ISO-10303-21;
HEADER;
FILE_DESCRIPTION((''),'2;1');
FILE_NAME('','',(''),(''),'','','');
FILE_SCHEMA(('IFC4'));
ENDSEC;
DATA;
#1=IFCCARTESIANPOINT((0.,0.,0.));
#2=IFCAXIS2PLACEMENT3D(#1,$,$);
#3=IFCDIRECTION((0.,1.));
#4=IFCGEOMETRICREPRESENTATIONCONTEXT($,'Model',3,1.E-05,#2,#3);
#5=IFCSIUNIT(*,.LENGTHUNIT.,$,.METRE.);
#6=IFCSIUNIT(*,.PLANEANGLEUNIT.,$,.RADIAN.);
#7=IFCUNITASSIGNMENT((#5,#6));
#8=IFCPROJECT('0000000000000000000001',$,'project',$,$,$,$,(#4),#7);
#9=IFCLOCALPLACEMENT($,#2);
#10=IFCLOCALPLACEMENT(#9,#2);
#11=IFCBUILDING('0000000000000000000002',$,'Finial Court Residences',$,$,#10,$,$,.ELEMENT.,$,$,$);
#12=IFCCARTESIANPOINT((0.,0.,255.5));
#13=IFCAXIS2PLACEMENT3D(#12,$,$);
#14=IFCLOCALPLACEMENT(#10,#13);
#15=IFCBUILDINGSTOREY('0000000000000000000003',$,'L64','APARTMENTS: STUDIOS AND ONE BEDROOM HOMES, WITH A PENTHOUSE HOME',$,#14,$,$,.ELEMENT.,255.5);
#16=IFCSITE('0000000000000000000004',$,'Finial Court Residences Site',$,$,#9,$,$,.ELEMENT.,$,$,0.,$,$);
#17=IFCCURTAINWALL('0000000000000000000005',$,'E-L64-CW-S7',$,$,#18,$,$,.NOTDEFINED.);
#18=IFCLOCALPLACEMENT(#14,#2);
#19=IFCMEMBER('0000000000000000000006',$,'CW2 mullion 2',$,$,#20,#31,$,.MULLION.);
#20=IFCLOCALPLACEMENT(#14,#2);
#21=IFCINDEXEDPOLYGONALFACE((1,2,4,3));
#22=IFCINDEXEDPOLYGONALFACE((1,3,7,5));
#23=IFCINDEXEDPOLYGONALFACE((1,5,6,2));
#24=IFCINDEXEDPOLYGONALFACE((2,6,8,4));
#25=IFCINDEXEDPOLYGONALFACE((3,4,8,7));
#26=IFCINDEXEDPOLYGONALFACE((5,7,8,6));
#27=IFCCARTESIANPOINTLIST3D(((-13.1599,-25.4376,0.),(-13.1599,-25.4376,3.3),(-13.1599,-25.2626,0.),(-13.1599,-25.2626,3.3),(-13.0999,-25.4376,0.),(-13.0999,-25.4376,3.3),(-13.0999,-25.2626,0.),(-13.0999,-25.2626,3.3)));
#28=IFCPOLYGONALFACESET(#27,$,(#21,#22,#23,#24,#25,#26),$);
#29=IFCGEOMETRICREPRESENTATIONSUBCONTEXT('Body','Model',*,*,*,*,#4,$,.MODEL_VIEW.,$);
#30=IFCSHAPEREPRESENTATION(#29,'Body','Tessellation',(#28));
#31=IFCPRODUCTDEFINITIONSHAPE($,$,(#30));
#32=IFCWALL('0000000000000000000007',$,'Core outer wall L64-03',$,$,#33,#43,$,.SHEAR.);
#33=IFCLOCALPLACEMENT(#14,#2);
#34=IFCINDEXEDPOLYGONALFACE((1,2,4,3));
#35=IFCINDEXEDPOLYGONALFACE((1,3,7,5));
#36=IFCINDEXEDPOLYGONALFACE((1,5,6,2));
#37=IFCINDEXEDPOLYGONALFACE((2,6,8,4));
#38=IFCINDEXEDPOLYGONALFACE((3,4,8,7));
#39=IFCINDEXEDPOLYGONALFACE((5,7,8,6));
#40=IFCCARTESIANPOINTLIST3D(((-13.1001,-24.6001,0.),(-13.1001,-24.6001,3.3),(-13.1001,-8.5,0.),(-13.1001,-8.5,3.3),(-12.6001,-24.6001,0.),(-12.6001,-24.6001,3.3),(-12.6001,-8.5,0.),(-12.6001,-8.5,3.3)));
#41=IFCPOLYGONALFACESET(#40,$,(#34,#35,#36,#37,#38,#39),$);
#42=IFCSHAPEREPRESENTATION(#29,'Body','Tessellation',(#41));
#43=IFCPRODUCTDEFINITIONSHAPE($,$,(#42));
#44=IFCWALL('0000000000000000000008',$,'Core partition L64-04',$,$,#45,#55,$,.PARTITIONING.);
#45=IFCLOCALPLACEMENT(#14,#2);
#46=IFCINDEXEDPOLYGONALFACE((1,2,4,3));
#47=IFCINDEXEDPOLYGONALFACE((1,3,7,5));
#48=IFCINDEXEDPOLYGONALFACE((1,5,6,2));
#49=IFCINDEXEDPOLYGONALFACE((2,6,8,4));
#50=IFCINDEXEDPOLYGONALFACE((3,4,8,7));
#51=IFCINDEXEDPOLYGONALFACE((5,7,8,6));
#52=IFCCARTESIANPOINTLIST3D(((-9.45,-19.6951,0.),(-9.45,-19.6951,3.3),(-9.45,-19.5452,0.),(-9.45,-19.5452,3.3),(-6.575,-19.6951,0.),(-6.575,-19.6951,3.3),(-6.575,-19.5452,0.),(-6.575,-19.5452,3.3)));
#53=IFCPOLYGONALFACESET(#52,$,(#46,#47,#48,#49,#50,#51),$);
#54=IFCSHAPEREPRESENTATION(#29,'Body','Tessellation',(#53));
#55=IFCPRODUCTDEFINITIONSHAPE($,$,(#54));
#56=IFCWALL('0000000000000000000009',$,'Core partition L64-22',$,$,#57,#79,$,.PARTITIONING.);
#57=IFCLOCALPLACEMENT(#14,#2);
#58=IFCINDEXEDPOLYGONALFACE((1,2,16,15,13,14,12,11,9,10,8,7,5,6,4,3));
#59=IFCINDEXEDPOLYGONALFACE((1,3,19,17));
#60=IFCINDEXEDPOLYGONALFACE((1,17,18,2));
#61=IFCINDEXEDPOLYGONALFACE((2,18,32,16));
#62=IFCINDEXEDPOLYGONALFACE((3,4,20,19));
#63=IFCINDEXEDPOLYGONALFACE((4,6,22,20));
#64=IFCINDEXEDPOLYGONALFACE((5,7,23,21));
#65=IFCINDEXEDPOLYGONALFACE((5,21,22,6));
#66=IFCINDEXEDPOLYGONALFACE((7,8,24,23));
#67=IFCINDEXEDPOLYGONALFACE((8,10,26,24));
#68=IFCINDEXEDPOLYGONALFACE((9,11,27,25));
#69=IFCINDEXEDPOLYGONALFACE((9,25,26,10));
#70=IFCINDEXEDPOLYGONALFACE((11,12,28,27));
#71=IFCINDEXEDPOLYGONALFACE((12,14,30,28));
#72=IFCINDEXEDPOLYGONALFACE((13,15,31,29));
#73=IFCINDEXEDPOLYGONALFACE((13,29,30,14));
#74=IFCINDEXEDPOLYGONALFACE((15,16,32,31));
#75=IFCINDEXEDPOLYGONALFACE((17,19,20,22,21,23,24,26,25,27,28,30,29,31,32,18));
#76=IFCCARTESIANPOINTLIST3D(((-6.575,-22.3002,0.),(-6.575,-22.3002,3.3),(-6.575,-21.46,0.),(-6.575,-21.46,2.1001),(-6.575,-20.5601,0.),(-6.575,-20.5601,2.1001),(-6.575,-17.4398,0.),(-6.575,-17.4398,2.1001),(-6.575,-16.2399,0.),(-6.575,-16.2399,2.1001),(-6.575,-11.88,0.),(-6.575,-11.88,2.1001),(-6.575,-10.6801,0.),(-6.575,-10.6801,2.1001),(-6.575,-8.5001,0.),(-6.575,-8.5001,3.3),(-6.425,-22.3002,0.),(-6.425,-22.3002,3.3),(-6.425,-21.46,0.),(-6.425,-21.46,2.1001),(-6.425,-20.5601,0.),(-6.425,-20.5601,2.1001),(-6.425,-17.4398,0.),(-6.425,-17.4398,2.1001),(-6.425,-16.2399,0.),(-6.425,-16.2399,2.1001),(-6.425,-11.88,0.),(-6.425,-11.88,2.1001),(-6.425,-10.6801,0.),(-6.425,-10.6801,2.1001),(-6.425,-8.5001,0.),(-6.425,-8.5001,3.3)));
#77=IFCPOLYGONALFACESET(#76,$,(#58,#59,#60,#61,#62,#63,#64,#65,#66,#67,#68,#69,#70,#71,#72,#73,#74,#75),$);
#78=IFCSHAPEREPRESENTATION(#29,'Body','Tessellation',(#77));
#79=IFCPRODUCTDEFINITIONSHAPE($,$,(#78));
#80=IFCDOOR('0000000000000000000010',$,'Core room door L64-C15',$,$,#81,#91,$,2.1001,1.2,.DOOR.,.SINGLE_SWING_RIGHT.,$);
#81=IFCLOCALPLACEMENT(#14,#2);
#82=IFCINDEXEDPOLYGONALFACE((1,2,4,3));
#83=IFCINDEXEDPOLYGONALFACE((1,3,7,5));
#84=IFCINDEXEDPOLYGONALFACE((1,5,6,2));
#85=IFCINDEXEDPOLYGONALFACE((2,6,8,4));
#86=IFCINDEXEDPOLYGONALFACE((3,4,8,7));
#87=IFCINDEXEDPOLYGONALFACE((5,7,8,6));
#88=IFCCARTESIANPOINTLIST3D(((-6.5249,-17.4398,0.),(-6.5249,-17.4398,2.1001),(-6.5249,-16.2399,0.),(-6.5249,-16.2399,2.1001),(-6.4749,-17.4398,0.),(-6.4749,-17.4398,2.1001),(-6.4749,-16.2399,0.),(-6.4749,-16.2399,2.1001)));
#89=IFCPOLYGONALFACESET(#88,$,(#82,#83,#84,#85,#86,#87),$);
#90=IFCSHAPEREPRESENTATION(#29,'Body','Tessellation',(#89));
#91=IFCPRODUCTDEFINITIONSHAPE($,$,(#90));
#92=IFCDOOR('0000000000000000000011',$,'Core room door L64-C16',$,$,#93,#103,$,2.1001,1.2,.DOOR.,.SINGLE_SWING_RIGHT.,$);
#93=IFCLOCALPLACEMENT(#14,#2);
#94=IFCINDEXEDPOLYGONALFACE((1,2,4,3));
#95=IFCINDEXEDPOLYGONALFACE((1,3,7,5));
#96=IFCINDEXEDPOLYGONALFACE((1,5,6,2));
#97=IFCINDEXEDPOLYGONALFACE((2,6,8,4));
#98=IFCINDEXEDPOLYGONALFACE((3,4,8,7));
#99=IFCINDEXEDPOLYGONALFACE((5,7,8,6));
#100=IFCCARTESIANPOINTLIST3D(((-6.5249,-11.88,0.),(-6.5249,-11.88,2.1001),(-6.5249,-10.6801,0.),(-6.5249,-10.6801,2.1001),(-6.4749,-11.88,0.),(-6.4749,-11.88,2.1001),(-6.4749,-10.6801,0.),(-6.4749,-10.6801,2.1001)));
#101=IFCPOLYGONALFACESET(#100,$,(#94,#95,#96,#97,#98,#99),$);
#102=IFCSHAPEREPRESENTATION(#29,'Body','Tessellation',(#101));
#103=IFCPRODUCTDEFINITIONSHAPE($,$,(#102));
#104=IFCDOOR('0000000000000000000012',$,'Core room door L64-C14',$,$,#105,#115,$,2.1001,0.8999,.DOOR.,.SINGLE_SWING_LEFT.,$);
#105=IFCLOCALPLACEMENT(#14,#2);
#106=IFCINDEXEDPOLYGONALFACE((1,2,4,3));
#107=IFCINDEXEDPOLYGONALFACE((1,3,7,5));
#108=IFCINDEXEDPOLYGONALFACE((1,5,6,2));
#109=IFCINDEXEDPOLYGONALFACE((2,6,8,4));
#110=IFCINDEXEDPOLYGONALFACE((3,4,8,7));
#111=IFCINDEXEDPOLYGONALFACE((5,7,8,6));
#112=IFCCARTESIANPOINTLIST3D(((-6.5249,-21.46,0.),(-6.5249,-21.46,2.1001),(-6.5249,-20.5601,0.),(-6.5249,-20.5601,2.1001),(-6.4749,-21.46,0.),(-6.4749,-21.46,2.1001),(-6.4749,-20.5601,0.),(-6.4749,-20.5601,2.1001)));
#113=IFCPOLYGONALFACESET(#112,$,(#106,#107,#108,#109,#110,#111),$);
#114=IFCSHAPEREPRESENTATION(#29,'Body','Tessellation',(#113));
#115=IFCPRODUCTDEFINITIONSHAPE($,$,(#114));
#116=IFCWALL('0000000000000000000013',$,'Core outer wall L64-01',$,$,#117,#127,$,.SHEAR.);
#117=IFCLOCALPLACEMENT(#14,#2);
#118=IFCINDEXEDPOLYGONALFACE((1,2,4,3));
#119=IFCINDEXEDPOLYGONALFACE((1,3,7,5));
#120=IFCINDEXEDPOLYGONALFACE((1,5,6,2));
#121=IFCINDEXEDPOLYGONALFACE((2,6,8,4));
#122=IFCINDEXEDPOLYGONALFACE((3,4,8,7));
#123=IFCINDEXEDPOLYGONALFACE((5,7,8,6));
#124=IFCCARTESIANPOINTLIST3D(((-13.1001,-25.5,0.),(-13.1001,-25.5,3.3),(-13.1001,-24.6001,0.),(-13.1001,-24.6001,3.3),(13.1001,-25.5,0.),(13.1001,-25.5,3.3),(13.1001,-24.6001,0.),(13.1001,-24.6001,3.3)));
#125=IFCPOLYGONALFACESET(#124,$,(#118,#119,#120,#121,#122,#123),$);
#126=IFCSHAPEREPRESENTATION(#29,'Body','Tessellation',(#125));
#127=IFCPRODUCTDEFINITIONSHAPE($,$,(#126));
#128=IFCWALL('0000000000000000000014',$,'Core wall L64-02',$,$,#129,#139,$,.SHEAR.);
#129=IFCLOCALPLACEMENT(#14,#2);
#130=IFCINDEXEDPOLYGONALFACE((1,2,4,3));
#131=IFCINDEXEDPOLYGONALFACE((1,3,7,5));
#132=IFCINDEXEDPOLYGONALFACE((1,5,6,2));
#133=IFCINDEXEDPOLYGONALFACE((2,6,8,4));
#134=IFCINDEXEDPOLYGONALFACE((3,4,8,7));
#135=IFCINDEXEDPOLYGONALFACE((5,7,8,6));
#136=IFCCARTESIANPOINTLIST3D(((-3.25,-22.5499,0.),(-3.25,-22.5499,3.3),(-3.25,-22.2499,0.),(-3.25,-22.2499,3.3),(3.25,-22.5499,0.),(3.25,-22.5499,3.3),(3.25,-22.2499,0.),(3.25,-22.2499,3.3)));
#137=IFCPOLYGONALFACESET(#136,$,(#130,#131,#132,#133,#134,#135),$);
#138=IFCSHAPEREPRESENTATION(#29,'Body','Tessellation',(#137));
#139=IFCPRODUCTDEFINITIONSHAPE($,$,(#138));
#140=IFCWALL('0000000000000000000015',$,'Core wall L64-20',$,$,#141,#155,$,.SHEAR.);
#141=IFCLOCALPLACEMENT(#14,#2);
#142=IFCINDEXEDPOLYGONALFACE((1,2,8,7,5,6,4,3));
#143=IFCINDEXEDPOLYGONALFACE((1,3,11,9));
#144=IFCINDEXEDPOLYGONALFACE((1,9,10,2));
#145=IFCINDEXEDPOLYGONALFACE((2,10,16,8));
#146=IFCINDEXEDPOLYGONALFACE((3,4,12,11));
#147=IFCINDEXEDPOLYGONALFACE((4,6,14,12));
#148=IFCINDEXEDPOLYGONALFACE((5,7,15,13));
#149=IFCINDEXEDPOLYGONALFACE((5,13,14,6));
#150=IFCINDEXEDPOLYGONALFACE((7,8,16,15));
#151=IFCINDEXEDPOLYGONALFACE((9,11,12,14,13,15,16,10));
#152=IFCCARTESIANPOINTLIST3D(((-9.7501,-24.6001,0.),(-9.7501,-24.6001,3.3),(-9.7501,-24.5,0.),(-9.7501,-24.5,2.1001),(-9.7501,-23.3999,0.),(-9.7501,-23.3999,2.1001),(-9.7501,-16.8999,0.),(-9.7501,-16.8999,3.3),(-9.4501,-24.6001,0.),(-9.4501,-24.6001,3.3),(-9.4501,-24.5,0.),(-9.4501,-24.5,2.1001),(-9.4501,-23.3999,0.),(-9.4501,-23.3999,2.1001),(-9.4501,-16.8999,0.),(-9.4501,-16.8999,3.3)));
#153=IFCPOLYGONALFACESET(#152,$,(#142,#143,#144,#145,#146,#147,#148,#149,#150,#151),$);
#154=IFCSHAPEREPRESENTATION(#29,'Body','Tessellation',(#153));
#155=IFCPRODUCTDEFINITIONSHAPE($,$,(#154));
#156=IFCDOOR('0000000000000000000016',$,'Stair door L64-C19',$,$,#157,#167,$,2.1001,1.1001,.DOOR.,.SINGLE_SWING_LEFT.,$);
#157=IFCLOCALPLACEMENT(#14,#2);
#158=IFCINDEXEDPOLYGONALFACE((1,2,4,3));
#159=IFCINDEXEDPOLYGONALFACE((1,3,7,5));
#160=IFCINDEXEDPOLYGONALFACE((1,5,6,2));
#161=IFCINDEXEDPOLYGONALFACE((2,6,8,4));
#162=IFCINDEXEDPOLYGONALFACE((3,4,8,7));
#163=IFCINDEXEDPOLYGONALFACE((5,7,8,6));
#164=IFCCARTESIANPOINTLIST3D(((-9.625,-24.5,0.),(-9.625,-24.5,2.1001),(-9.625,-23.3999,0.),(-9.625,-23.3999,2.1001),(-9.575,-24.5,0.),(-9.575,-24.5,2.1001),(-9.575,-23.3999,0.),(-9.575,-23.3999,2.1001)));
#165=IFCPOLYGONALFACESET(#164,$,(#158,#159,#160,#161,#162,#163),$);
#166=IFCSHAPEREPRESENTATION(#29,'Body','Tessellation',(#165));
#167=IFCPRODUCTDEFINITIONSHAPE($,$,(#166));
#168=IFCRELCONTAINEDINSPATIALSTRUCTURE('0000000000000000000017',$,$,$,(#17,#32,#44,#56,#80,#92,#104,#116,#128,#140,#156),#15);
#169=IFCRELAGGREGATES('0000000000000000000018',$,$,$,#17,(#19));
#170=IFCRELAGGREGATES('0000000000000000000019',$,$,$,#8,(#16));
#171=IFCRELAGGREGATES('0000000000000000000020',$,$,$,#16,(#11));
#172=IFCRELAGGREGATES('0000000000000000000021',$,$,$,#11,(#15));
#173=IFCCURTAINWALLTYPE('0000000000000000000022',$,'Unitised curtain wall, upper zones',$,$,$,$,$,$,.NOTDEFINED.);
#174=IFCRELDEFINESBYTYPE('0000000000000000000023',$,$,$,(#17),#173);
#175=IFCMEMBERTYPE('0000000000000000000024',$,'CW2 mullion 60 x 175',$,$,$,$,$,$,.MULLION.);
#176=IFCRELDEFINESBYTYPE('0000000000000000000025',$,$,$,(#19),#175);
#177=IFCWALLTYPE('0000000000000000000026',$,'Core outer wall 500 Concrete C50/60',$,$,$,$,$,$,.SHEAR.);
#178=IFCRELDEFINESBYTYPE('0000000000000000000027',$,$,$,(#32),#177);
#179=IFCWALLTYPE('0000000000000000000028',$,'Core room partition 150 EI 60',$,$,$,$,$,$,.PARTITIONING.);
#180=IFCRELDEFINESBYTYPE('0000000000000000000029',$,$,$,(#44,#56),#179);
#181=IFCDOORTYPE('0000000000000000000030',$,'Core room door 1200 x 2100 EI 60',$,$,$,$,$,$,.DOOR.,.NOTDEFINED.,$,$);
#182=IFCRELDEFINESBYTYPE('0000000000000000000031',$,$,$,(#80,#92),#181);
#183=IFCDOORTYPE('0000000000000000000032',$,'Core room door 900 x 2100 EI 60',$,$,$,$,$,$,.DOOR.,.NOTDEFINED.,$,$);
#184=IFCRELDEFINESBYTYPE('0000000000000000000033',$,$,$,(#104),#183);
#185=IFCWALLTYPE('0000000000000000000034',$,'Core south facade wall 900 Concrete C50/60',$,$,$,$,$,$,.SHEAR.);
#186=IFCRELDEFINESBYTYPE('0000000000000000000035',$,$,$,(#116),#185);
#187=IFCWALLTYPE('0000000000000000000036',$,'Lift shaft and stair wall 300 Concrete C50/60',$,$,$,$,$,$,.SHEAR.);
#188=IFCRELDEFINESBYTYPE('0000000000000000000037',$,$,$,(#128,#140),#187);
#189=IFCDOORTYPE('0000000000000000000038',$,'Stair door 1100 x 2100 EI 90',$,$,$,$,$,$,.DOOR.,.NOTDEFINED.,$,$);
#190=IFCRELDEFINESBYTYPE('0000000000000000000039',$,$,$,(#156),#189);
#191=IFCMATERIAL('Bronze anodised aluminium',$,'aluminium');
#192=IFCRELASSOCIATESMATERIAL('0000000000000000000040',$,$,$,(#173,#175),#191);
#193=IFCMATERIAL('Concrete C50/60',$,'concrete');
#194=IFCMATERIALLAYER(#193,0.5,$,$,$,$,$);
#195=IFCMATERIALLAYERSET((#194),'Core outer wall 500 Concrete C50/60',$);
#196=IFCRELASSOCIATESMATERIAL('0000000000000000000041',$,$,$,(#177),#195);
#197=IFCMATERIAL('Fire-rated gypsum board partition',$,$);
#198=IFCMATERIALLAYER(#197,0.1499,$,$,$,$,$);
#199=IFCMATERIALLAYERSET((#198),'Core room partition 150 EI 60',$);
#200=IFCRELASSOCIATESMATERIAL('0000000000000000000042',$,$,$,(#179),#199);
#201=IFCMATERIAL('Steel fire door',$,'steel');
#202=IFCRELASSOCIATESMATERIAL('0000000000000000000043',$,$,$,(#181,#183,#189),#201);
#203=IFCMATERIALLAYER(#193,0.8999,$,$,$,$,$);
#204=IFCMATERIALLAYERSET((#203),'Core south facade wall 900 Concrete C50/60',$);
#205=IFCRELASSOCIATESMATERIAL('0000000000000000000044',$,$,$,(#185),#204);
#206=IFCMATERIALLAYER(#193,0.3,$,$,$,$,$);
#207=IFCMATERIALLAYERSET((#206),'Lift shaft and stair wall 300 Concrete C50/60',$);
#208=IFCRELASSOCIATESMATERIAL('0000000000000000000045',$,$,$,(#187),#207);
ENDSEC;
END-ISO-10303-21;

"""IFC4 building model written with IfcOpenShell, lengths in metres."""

from ifc_helpers import new_model, si_unit, direction, frame, frame_2d, origin, origin_2d, place, context, subcontext, project, spatial, rectangle, extrude, material, layer, layer_set, material_profile, profile_set, type_object, element, fill, aggregate, save


model = new_model("IFC4")

# Units and contexts
model_context = context("Model", 3, precision=1e-05, world=origin(), true_north=direction((0.0, 1.0)))
body_context = subcontext(model_context, "Body", "Model", "MODEL_VIEW")
ifc_project = project(units=[si_unit("LENGTHUNIT", "METRE"), si_unit("PLANEANGLEUNIT", "RADIAN")], contexts=[model_context])

# Site, building, storey
site_placement = place(None, origin())
site = spatial("IfcSite", under=ifc_project, at=site_placement, Name="Finial Court Residences Site", CompositionType="ELEMENT", RefElevation=0.0)
building_placement = place(site_placement, origin())
building = spatial("IfcBuilding", under=site, at=building_placement, Name="Finial Court Residences", CompositionType="ELEMENT")
storey_placement = place(building_placement, frame((0.0, 0.0, 255.5)))
storey = spatial("IfcBuildingStorey", under=building, at=storey_placement, Name="L64", Description="APARTMENTS: STUDIOS AND ONE BEDROOM HOMES, WITH A PENTHOUSE HOME", CompositionType="ELEMENT", Elevation=255.5)

# Curtain wall, member
ifc_material_1 = material(Name="Bronze anodised aluminium", Category="aluminium")
curtain_wall_type = type_object("IfcCurtainWallType", Name="Unitised curtain wall, upper zones", PredefinedType="NOTDEFINED", material=ifc_material_1)
curtain_wall_placement = place(storey_placement, origin())
curtain_wall = element("IfcCurtainWall", 1, at=curtain_wall_placement, inside=storey, type_object=curtain_wall_type, Name="E-L64-CW-S7", PredefinedType="NOTDEFINED")
ifc_material_profile = material_profile(ifc_material_1, rectangle(XDim=0.175, YDim=0.0601, at=origin_2d()), Name="CW2 mullion 60 x 175")
ifc_profile_set = profile_set([ifc_material_profile], Name="Bronze anodised aluminium")
member_type = type_object("IfcMemberType", Name="CW2 mullion 60 x 175", PredefinedType="MULLION", material=ifc_profile_set)
member_placement = place(storey_placement, frame((-13.1299, -25.3501, 0.0), z_axis=(0.0, 0.0, 1.0), x_axis=(0.0, 1.0, 0.0)))
member = element("IfcMember", 2, at=member_placement, type_object=member_type, Name="CW2 mullion 2", PredefinedType="MULLION", context=body_context, shape_type="SweptSolid", body=[
    extrude(rectangle(XDim=0.175, YDim=0.0601, at=origin_2d()), origin(), (0.0, 0.0, 1.0), 3.3),
])
aggregate(curtain_wall, [member])

# Walls
ifc_material_2 = material(Name="Concrete C50/60", Category="concrete")
ifc_layer_1 = layer(ifc_material_2, 0.5)
ifc_layer_set_1 = layer_set([ifc_layer_1], Name="Core outer wall 500 Concrete C50/60")
wall_type_1 = type_object("IfcWallType", Name="Core outer wall 500 Concrete C50/60", PredefinedType="SHEAR", material=ifc_layer_set_1)
wall_1_placement = place(storey_placement, frame((-12.8501, -24.6001, 0.0), z_axis=(0.0, 0.0, 1.0), x_axis=(0.0, 1.0, 0.0)))
element("IfcWall", 3, at=wall_1_placement, inside=storey, type_object=wall_type_1, Name="Core outer wall L64-03", PredefinedType="SHEAR", context=body_context, shape_type="SweptSolid", body=[
    extrude(rectangle(XDim=16.1001, YDim=0.5, at=frame_2d((8.05, 0.0))), origin(), (0.0, 0.0, 1.0), 3.3),
])
ifc_material_3 = material(Name="Fire-rated gypsum board partition")
ifc_layer_2 = layer(ifc_material_3, 0.1499)
ifc_layer_set_2 = layer_set([ifc_layer_2], Name="Core room partition 150 EI 60")
wall_type_2 = type_object("IfcWallType", Name="Core room partition 150 EI 60", PredefinedType="PARTITIONING", material=ifc_layer_set_2)
wall_2_placement = place(storey_placement, frame((-9.45, -19.6201, 0.0), z_axis=(0.0, 0.0, 1.0), x_axis=(1.0, 0.0, 0.0)))
element("IfcWall", 4, at=wall_2_placement, inside=storey, type_object=wall_type_2, Name="Core partition L64-04", PredefinedType="PARTITIONING", context=body_context, shape_type="SweptSolid", body=[
    extrude(rectangle(XDim=2.875, YDim=0.1499, at=frame_2d((1.4375, 0.0))), origin(), (0.0, 0.0, 1.0), 3.3),
])

# Wall, openings, doors
wall_3_placement = place(storey_placement, frame((-6.5, -22.3, 0.0), z_axis=(0.0, 0.0, 1.0), x_axis=(0.0, 1.0, 0.0)))
wall_3 = element("IfcWall", 5, at=wall_3_placement, inside=storey, type_object=wall_type_2, Name="Core partition L64-22", PredefinedType="PARTITIONING", context=body_context, shape_type="SweptSolid", body=[
    extrude(rectangle(XDim=13.8, YDim=0.1499, at=frame_2d((6.8999, 0.0))), origin(), (0.0, 0.0, 1.0), 3.3),
])
opening_1_placement = place(wall_3_placement, frame((0.8401, 0.0, 0.0)))
opening_1 = element("IfcOpeningElement", 6, at=opening_1_placement, cuts=wall_3, PredefinedType="OPENING", context=body_context, shape_type="SweptSolid", body=[
    extrude(rectangle(XDim=0.8999, YDim=2.1001, at=frame_2d((0.45, 1.05))), frame((0.0, 0.085, 0.0), z_axis=(0.0, -1.0, 0.0), x_axis=(1.0, 0.0, 0.0)), (0.0, 0.0, 1.0), 0.1699),
])
opening_2_placement = place(wall_3_placement, frame((4.8601, 0.0, 0.0)))
opening_2 = element("IfcOpeningElement", 7, at=opening_2_placement, cuts=wall_3, PredefinedType="OPENING", context=body_context, shape_type="SweptSolid", body=[
    extrude(rectangle(XDim=1.2, YDim=2.1001, at=frame_2d((0.6001, 1.05))), frame((0.0, 0.085, 0.0), z_axis=(0.0, -1.0, 0.0), x_axis=(1.0, 0.0, 0.0)), (0.0, 0.0, 1.0), 0.1699),
])
opening_3_placement = place(wall_3_placement, frame((10.4199, 0.0, 0.0)))
opening_3 = element("IfcOpeningElement", 8, at=opening_3_placement, cuts=wall_3, PredefinedType="OPENING", context=body_context, shape_type="SweptSolid", body=[
    extrude(rectangle(XDim=1.2, YDim=2.1001, at=frame_2d((0.6001, 1.05))), frame((0.0, 0.085, 0.0), z_axis=(0.0, -1.0, 0.0), x_axis=(1.0, 0.0, 0.0)), (0.0, 0.0, 1.0), 0.1699),
])
ifc_material_4 = material(Name="Steel fire door", Category="steel")
door_type_1 = type_object("IfcDoorType", Name="Core room door 1200 x 2100 EI 60", OperationType="NOTDEFINED", PredefinedType="DOOR", material=ifc_material_4)
door_1_placement = place(opening_2_placement, origin())
door_1 = element("IfcDoor", 9, at=door_1_placement, inside=storey, type_object=door_type_1, Name="Core room door L64-C15", OperationType="SINGLE_SWING_RIGHT", OverallHeight=2.1001, OverallWidth=1.2, PredefinedType="DOOR", context=body_context, shape_type="SweptSolid", body=[
    extrude(rectangle(XDim=1.2, YDim=2.1001, at=frame_2d((0.6001, 1.05))), frame((0.0, 0.0249, 0.0), z_axis=(0.0, -1.0, 0.0), x_axis=(1.0, 0.0, 0.0)), (0.0, 0.0, 1.0), 0.05),
])
fill(opening_2, door_1)
door_2_placement = place(opening_3_placement, origin())
door_2 = element("IfcDoor", 10, at=door_2_placement, inside=storey, type_object=door_type_1, Name="Core room door L64-C16", OperationType="SINGLE_SWING_RIGHT", OverallHeight=2.1001, OverallWidth=1.2, PredefinedType="DOOR", context=body_context, shape_type="SweptSolid", body=[
    extrude(rectangle(XDim=1.2, YDim=2.1001, at=frame_2d((0.6001, 1.05))), frame((0.0, 0.0249, 0.0), z_axis=(0.0, -1.0, 0.0), x_axis=(1.0, 0.0, 0.0)), (0.0, 0.0, 1.0), 0.05),
])
fill(opening_3, door_2)
door_type_2 = type_object("IfcDoorType", Name="Core room door 900 x 2100 EI 60", OperationType="NOTDEFINED", PredefinedType="DOOR", material=ifc_material_4)
door_3_placement = place(opening_1_placement, origin())
door_3 = element("IfcDoor", 11, at=door_3_placement, inside=storey, type_object=door_type_2, Name="Core room door L64-C14", OperationType="SINGLE_SWING_LEFT", OverallHeight=2.1001, OverallWidth=0.8999, PredefinedType="DOOR", context=body_context, shape_type="SweptSolid", body=[
    extrude(rectangle(XDim=0.8999, YDim=2.1001, at=frame_2d((0.45, 1.05))), frame((0.0, 0.0249, 0.0), z_axis=(0.0, -1.0, 0.0), x_axis=(1.0, 0.0, 0.0)), (0.0, 0.0, 1.0), 0.05),
])
fill(opening_1, door_3)

# Walls
ifc_layer_3 = layer(ifc_material_2, 0.8999)
ifc_layer_set_3 = layer_set([ifc_layer_3], Name="Core south facade wall 900 Concrete C50/60")
wall_type_3 = type_object("IfcWallType", Name="Core south facade wall 900 Concrete C50/60", PredefinedType="SHEAR", material=ifc_layer_set_3)
wall_4_placement = place(storey_placement, frame((-13.1001, -25.05, 0.0), z_axis=(0.0, 0.0, 1.0), x_axis=(1.0, 0.0, 0.0)))
element("IfcWall", 12, at=wall_4_placement, inside=storey, type_object=wall_type_3, Name="Core outer wall L64-01", PredefinedType="SHEAR", context=body_context, shape_type="SweptSolid", body=[
    extrude(rectangle(XDim=26.2002, YDim=0.8999, at=frame_2d((13.1001, 0.0))), origin(), (0.0, 0.0, 1.0), 3.3),
])
ifc_layer_4 = layer(ifc_material_2, 0.3)
ifc_layer_set_4 = layer_set([ifc_layer_4], Name="Lift shaft and stair wall 300 Concrete C50/60")
wall_type_4 = type_object("IfcWallType", Name="Lift shaft and stair wall 300 Concrete C50/60", PredefinedType="SHEAR", material=ifc_layer_set_4)
wall_5_placement = place(storey_placement, frame((-3.25, -22.3999, 0.0), z_axis=(0.0, 0.0, 1.0), x_axis=(1.0, 0.0, 0.0)))
element("IfcWall", 13, at=wall_5_placement, inside=storey, type_object=wall_type_4, Name="Core wall L64-02", PredefinedType="SHEAR", context=body_context, shape_type="SweptSolid", body=[
    extrude(rectangle(XDim=6.5, YDim=0.3, at=frame_2d((3.25, 0.0))), origin(), (0.0, 0.0, 1.0), 3.3),
])

# Wall, opening, door
wall_6_placement = place(storey_placement, frame((-9.6001, -24.6001, 0.0), z_axis=(0.0, 0.0, 1.0), x_axis=(0.0, 1.0, 0.0)))
wall_6 = element("IfcWall", 14, at=wall_6_placement, inside=storey, type_object=wall_type_4, Name="Core wall L64-20", PredefinedType="SHEAR", context=body_context, shape_type="SweptSolid", body=[
    extrude(rectangle(XDim=7.7002, YDim=0.3, at=frame_2d((3.8501, 0.0))), origin(), (0.0, 0.0, 1.0), 3.3),
])
opening_4_placement = place(wall_6_placement, frame((0.1001, 0.0, 0.0)))
opening_4 = element("IfcOpeningElement", 15, at=opening_4_placement, cuts=wall_6, PredefinedType="OPENING", context=body_context, shape_type="SweptSolid", body=[
    extrude(rectangle(XDim=1.1001, YDim=2.1001, at=frame_2d((0.55, 1.05))), frame((0.0, 0.1599, 0.0), z_axis=(0.0, -1.0, 0.0), x_axis=(1.0, 0.0, 0.0)), (0.0, 0.0, 1.0), 0.3201),
])
door_type_3 = type_object("IfcDoorType", Name="Stair door 1100 x 2100 EI 90", OperationType="NOTDEFINED", PredefinedType="DOOR", material=ifc_material_4)
door_4_placement = place(opening_4_placement, origin())
door_4 = element("IfcDoor", 16, at=door_4_placement, inside=storey, type_object=door_type_3, Name="Stair door L64-C19", OperationType="SINGLE_SWING_LEFT", OverallHeight=2.1001, OverallWidth=1.1001, PredefinedType="DOOR", context=body_context, shape_type="SweptSolid", body=[
    extrude(rectangle(XDim=1.1001, YDim=2.1001, at=frame_2d((0.55, 1.05))), frame((0.0, 0.0249, 0.0), z_axis=(0.0, -1.0, 0.0), x_axis=(1.0, 0.0, 0.0)), (0.0, 0.0, 1.0), 0.05),
])
fill(opening_4, door_4)

save(model, "model.ifc")
